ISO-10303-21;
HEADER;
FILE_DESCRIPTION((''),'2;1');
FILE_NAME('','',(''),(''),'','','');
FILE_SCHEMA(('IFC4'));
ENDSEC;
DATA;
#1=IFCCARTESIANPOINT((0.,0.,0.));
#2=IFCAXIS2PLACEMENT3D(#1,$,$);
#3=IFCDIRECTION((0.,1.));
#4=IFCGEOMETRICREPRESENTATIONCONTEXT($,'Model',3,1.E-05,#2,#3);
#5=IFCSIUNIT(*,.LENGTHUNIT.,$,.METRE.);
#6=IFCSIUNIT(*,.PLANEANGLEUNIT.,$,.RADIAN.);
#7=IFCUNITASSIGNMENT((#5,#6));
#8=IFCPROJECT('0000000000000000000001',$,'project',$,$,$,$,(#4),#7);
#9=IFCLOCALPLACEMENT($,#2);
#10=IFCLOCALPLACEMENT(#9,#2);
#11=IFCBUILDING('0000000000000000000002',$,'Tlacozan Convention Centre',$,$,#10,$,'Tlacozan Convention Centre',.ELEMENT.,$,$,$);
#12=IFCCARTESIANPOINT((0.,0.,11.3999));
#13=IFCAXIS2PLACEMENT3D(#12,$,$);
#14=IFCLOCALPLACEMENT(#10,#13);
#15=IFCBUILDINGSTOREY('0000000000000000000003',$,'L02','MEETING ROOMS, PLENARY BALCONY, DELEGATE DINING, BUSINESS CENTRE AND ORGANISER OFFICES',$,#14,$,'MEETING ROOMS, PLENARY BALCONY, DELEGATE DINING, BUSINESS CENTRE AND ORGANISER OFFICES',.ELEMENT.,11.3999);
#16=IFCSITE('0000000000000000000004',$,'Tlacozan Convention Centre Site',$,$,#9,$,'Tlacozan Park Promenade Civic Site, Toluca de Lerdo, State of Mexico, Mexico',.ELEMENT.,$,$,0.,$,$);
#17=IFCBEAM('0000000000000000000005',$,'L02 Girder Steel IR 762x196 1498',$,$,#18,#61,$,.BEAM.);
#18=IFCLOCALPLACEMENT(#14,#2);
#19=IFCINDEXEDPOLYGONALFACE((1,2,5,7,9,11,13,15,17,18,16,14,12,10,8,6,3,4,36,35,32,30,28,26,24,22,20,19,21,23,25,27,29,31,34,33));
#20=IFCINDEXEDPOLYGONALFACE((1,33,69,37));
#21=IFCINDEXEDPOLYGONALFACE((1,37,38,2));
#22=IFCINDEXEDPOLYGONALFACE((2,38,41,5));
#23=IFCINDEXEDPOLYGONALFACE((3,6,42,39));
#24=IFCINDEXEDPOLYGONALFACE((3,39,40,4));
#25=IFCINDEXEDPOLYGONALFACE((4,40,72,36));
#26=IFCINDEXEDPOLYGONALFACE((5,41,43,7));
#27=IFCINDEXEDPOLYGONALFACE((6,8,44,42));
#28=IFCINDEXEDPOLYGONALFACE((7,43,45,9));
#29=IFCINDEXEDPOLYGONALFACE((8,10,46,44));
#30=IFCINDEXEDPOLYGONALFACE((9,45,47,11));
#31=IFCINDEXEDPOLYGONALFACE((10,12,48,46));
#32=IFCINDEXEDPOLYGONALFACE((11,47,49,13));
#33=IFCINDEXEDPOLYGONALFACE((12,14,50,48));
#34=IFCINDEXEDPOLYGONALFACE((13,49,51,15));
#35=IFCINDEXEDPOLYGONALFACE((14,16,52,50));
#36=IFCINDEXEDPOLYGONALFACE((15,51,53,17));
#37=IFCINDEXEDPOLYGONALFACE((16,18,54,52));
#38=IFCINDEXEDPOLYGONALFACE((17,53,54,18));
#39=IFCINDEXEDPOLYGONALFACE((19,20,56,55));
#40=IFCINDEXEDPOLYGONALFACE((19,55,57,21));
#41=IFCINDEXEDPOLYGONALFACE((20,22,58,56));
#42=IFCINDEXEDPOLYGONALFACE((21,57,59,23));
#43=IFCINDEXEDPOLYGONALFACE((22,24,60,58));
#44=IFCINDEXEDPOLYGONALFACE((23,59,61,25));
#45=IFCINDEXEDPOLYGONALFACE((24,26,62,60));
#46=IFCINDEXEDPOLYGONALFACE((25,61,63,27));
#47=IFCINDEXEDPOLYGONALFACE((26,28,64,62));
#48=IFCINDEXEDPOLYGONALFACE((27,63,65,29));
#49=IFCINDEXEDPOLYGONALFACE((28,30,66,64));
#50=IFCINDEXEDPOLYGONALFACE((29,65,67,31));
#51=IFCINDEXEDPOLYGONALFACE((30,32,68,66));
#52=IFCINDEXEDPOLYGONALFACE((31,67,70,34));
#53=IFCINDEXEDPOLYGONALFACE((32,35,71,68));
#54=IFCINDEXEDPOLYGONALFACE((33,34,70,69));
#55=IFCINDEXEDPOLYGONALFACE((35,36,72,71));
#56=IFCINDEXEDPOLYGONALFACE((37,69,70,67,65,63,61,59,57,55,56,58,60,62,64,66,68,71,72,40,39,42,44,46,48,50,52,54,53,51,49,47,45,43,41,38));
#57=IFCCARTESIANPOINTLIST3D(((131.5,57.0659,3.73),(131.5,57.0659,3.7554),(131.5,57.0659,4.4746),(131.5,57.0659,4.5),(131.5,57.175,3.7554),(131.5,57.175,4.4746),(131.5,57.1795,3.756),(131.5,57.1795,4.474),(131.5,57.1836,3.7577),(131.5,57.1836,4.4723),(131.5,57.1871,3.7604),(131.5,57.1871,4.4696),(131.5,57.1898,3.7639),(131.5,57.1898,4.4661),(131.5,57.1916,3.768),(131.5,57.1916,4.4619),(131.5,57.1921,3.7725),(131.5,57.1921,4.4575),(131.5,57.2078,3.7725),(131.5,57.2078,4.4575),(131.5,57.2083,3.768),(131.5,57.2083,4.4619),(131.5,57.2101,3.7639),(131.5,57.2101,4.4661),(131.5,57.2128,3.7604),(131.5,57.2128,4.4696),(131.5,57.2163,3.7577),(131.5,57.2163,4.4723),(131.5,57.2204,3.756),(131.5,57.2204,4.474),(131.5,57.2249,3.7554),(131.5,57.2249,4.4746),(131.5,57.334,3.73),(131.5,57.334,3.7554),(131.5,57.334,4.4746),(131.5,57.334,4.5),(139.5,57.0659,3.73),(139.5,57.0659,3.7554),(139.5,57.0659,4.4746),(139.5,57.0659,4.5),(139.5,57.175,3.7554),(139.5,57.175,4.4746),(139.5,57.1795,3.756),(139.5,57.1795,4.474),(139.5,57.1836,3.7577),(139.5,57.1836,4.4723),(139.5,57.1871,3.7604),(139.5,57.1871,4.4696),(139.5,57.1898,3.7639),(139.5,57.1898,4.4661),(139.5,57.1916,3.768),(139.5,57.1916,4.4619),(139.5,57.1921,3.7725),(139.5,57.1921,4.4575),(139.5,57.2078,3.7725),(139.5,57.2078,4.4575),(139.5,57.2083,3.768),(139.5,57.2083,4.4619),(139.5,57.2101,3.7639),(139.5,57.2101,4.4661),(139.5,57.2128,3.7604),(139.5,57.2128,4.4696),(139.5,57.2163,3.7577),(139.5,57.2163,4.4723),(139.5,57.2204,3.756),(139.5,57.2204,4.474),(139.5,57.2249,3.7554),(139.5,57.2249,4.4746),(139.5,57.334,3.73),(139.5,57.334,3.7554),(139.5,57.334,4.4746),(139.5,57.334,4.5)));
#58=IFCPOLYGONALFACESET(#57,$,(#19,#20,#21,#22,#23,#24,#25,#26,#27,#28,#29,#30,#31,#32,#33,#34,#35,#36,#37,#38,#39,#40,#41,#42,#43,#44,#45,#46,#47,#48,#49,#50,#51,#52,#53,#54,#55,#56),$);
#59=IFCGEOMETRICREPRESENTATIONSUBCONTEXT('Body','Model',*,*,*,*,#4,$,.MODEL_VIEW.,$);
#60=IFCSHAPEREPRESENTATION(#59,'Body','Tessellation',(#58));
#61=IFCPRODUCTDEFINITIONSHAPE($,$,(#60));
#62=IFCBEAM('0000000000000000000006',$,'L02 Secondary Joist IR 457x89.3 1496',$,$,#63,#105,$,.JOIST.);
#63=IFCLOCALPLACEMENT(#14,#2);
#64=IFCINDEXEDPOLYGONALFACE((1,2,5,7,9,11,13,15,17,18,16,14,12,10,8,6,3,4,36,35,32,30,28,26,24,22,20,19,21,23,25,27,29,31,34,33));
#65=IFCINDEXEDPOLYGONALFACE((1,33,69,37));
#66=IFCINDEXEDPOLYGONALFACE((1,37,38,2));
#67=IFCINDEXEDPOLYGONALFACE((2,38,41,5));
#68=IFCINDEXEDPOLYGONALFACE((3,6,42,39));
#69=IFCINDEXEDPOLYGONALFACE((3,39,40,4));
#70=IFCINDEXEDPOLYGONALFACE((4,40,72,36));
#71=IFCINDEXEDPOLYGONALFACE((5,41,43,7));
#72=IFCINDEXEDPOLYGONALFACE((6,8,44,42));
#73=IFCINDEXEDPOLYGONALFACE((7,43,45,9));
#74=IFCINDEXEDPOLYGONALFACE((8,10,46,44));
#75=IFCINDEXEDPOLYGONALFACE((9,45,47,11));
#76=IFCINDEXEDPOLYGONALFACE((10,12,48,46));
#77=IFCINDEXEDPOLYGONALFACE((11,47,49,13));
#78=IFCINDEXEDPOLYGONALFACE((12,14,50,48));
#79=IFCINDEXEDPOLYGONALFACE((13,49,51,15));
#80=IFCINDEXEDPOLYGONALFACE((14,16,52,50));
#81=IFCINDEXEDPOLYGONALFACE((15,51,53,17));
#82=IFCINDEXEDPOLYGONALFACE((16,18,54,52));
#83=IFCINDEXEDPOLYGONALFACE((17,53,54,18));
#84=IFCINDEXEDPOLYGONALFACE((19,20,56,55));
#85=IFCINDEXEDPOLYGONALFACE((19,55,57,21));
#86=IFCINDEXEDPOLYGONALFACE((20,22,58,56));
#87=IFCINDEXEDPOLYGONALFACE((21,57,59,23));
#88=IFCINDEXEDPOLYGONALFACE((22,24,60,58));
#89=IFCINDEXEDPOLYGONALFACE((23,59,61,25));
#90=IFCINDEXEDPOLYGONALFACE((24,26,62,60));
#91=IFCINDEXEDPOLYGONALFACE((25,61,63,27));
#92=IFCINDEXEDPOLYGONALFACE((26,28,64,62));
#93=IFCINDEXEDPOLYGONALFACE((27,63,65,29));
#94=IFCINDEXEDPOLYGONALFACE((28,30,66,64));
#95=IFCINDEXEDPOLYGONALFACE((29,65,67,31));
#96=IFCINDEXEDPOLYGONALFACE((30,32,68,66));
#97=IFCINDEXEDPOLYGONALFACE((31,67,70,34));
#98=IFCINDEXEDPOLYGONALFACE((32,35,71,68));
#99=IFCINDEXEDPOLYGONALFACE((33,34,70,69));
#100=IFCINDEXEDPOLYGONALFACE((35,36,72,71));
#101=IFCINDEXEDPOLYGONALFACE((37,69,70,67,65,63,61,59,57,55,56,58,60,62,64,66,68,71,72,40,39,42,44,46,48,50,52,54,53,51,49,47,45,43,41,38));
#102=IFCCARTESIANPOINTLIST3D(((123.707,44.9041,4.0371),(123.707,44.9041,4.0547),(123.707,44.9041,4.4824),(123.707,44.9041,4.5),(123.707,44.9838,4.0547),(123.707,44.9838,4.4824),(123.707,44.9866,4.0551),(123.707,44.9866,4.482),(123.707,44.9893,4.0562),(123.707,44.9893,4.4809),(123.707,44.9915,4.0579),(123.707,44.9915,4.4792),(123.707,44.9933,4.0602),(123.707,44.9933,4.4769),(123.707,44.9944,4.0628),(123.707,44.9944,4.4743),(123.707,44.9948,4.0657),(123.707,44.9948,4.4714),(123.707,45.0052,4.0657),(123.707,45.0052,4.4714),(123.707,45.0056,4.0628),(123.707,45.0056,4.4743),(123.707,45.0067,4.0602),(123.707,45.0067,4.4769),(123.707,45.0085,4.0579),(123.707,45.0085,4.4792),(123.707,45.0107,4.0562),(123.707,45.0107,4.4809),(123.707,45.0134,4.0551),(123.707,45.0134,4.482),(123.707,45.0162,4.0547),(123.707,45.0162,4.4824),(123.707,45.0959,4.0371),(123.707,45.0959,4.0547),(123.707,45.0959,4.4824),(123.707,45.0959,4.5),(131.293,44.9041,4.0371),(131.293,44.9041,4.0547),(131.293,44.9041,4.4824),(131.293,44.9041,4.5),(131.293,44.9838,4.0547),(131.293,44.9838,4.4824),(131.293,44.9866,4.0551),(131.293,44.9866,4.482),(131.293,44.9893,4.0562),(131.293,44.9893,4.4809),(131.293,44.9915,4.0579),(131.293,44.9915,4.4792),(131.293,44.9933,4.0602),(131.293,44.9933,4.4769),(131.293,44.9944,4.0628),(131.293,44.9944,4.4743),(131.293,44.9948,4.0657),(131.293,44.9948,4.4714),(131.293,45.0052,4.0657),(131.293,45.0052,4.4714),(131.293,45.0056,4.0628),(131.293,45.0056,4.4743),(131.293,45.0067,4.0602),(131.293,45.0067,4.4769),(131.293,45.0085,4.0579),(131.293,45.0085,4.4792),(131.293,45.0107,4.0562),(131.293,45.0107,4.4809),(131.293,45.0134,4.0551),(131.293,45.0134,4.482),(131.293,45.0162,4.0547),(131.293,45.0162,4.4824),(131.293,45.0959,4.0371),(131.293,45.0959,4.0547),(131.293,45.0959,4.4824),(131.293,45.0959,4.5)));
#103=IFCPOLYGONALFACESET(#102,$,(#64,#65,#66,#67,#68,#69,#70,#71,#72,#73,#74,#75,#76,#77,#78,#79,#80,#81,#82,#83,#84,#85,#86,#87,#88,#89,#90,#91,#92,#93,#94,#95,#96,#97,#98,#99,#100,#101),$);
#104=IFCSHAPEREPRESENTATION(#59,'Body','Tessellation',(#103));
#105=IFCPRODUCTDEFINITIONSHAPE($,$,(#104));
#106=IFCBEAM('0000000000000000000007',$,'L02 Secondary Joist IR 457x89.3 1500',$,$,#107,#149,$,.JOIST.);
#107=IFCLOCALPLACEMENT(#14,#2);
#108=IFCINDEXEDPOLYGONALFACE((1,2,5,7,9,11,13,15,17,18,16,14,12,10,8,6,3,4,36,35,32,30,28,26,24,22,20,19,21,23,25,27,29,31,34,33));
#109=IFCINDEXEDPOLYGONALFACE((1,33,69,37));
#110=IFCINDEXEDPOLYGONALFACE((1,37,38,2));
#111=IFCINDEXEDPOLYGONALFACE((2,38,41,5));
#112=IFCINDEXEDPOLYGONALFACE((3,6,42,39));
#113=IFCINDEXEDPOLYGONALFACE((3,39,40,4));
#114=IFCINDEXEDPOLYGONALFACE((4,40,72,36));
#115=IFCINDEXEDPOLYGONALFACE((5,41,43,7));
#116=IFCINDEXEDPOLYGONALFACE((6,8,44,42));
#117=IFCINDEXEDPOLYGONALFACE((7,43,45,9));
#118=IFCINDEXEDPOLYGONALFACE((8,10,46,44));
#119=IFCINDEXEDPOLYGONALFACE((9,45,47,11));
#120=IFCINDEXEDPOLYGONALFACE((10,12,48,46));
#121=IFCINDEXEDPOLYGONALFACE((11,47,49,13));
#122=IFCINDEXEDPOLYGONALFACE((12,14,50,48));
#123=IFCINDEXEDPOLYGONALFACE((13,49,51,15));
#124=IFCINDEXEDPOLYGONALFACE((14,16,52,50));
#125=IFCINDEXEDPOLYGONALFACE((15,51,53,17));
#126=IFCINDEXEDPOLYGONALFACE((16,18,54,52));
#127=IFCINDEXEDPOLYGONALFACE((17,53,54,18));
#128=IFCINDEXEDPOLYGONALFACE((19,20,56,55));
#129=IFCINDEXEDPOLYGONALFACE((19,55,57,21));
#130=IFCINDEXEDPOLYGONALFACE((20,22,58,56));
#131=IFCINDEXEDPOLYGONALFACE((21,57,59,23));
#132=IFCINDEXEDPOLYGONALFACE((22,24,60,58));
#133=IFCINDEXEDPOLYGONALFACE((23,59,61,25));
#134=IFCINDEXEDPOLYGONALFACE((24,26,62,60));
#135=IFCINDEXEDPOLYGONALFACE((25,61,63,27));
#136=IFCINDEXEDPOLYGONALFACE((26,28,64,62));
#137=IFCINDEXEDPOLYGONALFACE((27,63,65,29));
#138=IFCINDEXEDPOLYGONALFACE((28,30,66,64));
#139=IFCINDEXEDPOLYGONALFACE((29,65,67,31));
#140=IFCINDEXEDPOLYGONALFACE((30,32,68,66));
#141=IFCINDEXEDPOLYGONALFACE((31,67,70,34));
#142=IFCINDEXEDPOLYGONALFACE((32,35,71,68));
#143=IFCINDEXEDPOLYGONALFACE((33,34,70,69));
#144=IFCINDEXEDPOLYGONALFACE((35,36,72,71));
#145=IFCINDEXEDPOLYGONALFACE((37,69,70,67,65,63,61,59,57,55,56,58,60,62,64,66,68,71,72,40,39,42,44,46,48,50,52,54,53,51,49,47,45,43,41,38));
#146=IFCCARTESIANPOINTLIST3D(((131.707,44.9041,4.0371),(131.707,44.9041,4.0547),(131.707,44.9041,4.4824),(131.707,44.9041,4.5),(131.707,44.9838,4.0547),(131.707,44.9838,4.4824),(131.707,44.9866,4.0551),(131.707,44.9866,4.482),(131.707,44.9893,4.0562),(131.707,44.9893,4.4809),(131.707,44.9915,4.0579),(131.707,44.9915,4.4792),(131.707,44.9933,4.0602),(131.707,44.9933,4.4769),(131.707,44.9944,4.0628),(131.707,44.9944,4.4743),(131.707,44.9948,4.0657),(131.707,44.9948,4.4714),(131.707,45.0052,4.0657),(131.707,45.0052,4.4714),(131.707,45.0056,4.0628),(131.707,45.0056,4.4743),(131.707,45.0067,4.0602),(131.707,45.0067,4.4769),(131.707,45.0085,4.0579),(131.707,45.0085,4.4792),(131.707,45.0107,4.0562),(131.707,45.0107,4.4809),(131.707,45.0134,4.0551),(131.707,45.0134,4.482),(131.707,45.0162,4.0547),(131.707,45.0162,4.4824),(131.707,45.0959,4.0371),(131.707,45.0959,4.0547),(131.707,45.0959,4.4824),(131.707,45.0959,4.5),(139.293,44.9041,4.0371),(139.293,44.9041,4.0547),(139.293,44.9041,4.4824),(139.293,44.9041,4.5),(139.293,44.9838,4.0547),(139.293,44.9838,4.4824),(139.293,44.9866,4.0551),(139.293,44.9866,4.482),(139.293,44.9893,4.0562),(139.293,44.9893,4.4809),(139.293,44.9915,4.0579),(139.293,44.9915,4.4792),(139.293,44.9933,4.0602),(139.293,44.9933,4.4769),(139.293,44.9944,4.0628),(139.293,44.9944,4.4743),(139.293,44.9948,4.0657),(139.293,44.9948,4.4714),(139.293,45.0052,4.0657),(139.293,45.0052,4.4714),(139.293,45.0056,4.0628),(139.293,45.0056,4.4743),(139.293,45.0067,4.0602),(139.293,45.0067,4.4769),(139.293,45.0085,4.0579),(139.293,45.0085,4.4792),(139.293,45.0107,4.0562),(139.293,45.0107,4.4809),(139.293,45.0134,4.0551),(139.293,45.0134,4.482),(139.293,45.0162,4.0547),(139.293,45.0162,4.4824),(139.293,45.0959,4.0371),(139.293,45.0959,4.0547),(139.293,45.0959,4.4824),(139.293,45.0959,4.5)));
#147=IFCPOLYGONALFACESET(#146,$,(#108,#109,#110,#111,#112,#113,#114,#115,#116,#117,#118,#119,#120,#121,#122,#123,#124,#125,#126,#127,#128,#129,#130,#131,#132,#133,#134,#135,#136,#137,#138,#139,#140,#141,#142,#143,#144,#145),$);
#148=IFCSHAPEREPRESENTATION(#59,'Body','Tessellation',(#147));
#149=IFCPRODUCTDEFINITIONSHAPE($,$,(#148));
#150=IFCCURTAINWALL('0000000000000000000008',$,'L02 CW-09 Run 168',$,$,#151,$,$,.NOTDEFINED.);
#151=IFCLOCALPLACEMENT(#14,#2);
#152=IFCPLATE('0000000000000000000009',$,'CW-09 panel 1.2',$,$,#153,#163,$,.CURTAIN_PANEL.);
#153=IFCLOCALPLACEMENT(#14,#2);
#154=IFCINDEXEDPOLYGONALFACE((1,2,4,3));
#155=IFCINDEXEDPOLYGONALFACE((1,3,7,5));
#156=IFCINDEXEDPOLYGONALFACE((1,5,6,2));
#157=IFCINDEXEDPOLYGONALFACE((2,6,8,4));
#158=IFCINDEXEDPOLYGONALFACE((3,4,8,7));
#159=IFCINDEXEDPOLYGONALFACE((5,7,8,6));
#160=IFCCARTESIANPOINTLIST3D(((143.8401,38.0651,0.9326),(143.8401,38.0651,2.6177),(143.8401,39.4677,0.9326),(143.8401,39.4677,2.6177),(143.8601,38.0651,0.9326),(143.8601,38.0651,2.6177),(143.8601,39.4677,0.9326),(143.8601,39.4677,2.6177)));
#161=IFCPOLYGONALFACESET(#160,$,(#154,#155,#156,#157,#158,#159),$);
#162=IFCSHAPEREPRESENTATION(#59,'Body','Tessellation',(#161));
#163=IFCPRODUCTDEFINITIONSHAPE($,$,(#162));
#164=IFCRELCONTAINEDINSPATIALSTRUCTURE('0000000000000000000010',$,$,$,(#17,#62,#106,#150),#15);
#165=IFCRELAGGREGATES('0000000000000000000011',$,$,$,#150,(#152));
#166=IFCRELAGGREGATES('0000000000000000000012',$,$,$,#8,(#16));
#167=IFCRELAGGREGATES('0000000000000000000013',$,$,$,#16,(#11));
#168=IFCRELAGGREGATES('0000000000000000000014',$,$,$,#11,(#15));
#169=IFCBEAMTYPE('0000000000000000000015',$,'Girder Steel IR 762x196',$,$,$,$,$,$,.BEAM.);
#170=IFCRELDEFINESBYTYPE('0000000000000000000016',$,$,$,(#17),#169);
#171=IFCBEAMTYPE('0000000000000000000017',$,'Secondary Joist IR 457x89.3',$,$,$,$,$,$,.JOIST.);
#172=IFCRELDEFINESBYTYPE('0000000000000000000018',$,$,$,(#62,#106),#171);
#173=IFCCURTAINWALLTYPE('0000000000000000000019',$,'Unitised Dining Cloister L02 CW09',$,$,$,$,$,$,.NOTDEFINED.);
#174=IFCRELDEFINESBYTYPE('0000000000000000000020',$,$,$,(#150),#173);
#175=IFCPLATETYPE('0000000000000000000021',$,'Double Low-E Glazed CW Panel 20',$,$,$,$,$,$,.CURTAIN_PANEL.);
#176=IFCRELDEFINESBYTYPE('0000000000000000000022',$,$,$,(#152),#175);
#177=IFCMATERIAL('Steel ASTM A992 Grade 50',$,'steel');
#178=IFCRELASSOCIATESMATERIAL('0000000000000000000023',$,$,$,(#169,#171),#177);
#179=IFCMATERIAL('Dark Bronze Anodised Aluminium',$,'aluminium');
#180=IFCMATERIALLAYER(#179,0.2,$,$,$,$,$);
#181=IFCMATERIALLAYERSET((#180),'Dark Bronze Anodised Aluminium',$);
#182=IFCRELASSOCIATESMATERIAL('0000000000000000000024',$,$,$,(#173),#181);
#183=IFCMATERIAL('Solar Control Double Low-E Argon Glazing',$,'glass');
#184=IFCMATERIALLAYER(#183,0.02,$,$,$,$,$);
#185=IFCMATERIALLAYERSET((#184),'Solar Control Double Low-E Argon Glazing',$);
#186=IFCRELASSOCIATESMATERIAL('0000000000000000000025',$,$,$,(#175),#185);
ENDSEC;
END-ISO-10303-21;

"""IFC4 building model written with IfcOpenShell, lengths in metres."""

from ifc_helpers import new_model, si_unit, direction, frame, origin, origin_2d, place, context, subcontext, project, spatial, rectangle, i_section, extrude, material, layer, layer_set, material_profile, profile_set, type_object, element, aggregate, save


model = new_model("IFC4")

# Units and contexts
model_context = context("Model", 3, precision=1e-05, world=origin(), true_north=direction((0.0, 1.0)))
body_context = subcontext(model_context, "Body", "Model", "MODEL_VIEW")
ifc_project = project(units=[si_unit("LENGTHUNIT", "METRE"), si_unit("PLANEANGLEUNIT", "RADIAN")], contexts=[model_context])

# Site, building, storey
site_placement = place(None, origin())
site = spatial("IfcSite", under=ifc_project, at=site_placement, Name="Tlacozan Convention Centre Site", LongName="Tlacozan Park Promenade Civic Site, Toluca de Lerdo, State of Mexico, Mexico", CompositionType="ELEMENT", RefElevation=0.0)
building_placement = place(site_placement, origin())
building = spatial("IfcBuilding", under=site, at=building_placement, Name="Tlacozan Convention Centre", LongName="Tlacozan Convention Centre", CompositionType="ELEMENT")
storey_placement = place(building_placement, frame((0.0, 0.0, 11.3999)))
storey = spatial("IfcBuildingStorey", under=building, at=storey_placement, Name="L02", Description="MEETING ROOMS, PLENARY BALCONY, DELEGATE DINING, BUSINESS CENTRE AND ORGANISER OFFICES", LongName="MEETING ROOMS, PLENARY BALCONY, DELEGATE DINING, BUSINESS CENTRE AND ORGANISER OFFICES", CompositionType="ELEMENT", Elevation=11.3999)

# Shared definitions
ifc_material_1 = material(Name="Steel ASTM A992 Grade 50", Category="steel")

# Beams
ifc_material_profile_1 = material_profile(ifc_material_1, i_section(OverallWidth=0.2681, OverallDepth=0.77, WebThickness=0.0156, FlangeThickness=0.0254, FilletRadius=0.0171, at=origin_2d()), Name="IR 762x196.0")
ifc_profile_set_1 = profile_set([ifc_material_profile_1], Name="Steel ASTM A992 Grade 50")
beam_type_1 = type_object("IfcBeamType", Name="Girder Steel IR 762x196", PredefinedType="BEAM", material=ifc_profile_set_1)
for number, where, z_axis, x_axis, name in (
    (1, (131.5, 57.2, 4.115), (1.0, 0.0, 0.0), (0.0, 1.0, 0.0), "L02 Girder Steel IR 762x196 1498"),
):
    element("IfcBeam", number, at=place(storey_placement, frame(where, z_axis=z_axis, x_axis=x_axis)), inside=storey, type_object=beam_type_1, Name=name, PredefinedType="BEAM", context=body_context, shape_type="SweptSolid", body=[
        extrude(i_section(OverallWidth=0.2681, OverallDepth=0.77, WebThickness=0.0156, FlangeThickness=0.0254, FilletRadius=0.0171, at=origin_2d()), origin(), (0.0, 0.0, 1.0), 8.0),
    ])
ifc_material_profile_2 = material_profile(ifc_material_1, i_section(OverallWidth=0.1919, OverallDepth=0.4629, WebThickness=0.0105, FlangeThickness=0.0176, FilletRadius=0.011, at=origin_2d()), Name="IR 457x89.3")
ifc_profile_set_2 = profile_set([ifc_material_profile_2], Name="Steel ASTM A992 Grade 50")
beam_type_2 = type_object("IfcBeamType", Name="Secondary Joist IR 457x89.3", PredefinedType="JOIST", material=ifc_profile_set_2)
for number, where, z_axis, x_axis, name in (
    (2, (123.707, 45.0, 4.2686), (1.0, 0.0, 0.0), (0.0, 1.0, 0.0), "L02 Secondary Joist IR 457x89.3 1496"),
    (3, (131.707, 45.0, 4.2686), (1.0, 0.0, 0.0), (0.0, 1.0, 0.0), "L02 Secondary Joist IR 457x89.3 1500"),
):
    element("IfcBeam", number, at=place(storey_placement, frame(where, z_axis=z_axis, x_axis=x_axis)), inside=storey, type_object=beam_type_2, Name=name, PredefinedType="JOIST", context=body_context, shape_type="SweptSolid", body=[
        extrude(i_section(OverallWidth=0.1919, OverallDepth=0.4629, WebThickness=0.0105, FlangeThickness=0.0176, FilletRadius=0.011, at=origin_2d()), origin(), (0.0, 0.0, 1.0), 7.5859),
    ])

# Curtain wall, plate
ifc_material_2 = material(Name="Dark Bronze Anodised Aluminium", Category="aluminium")
ifc_layer_1 = layer(ifc_material_2, 0.2)
ifc_layer_set_1 = layer_set([ifc_layer_1], Name="Dark Bronze Anodised Aluminium")
curtain_wall_type = type_object("IfcCurtainWallType", Name="Unitised Dining Cloister L02 CW09", PredefinedType="NOTDEFINED", material=ifc_layer_set_1)
curtain_wall_placement = place(storey_placement, origin())
curtain_wall = element("IfcCurtainWall", 4, at=curtain_wall_placement, inside=storey, type_object=curtain_wall_type, Name="L02 CW-09 Run 168", PredefinedType="NOTDEFINED")
ifc_material_3 = material(Name="Solar Control Double Low-E Argon Glazing", Category="glass")
ifc_layer_2 = layer(ifc_material_3, 0.02)
ifc_layer_set_2 = layer_set([ifc_layer_2], Name="Solar Control Double Low-E Argon Glazing")
plate_type = type_object("IfcPlateType", Name="Double Low-E Glazed CW Panel 20", PredefinedType="CURTAIN_PANEL", material=ifc_layer_set_2)
plate_placement = place(storey_placement, frame((143.8501, 38.7664, 0.9326), z_axis=(0.0, 0.0, 1.0), x_axis=(0.0, 1.0, 0.0)))
plate = element("IfcPlate", 5, at=plate_placement, type_object=plate_type, Name="CW-09 panel 1.2", PredefinedType="CURTAIN_PANEL", context=body_context, shape_type="SweptSolid", body=[
    extrude(rectangle(XDim=1.4026, YDim=0.02, at=origin_2d()), origin(), (0.0, 0.0, 1.0), 1.6851),
])
aggregate(curtain_wall, [plate])

save(model, "model.ifc")
